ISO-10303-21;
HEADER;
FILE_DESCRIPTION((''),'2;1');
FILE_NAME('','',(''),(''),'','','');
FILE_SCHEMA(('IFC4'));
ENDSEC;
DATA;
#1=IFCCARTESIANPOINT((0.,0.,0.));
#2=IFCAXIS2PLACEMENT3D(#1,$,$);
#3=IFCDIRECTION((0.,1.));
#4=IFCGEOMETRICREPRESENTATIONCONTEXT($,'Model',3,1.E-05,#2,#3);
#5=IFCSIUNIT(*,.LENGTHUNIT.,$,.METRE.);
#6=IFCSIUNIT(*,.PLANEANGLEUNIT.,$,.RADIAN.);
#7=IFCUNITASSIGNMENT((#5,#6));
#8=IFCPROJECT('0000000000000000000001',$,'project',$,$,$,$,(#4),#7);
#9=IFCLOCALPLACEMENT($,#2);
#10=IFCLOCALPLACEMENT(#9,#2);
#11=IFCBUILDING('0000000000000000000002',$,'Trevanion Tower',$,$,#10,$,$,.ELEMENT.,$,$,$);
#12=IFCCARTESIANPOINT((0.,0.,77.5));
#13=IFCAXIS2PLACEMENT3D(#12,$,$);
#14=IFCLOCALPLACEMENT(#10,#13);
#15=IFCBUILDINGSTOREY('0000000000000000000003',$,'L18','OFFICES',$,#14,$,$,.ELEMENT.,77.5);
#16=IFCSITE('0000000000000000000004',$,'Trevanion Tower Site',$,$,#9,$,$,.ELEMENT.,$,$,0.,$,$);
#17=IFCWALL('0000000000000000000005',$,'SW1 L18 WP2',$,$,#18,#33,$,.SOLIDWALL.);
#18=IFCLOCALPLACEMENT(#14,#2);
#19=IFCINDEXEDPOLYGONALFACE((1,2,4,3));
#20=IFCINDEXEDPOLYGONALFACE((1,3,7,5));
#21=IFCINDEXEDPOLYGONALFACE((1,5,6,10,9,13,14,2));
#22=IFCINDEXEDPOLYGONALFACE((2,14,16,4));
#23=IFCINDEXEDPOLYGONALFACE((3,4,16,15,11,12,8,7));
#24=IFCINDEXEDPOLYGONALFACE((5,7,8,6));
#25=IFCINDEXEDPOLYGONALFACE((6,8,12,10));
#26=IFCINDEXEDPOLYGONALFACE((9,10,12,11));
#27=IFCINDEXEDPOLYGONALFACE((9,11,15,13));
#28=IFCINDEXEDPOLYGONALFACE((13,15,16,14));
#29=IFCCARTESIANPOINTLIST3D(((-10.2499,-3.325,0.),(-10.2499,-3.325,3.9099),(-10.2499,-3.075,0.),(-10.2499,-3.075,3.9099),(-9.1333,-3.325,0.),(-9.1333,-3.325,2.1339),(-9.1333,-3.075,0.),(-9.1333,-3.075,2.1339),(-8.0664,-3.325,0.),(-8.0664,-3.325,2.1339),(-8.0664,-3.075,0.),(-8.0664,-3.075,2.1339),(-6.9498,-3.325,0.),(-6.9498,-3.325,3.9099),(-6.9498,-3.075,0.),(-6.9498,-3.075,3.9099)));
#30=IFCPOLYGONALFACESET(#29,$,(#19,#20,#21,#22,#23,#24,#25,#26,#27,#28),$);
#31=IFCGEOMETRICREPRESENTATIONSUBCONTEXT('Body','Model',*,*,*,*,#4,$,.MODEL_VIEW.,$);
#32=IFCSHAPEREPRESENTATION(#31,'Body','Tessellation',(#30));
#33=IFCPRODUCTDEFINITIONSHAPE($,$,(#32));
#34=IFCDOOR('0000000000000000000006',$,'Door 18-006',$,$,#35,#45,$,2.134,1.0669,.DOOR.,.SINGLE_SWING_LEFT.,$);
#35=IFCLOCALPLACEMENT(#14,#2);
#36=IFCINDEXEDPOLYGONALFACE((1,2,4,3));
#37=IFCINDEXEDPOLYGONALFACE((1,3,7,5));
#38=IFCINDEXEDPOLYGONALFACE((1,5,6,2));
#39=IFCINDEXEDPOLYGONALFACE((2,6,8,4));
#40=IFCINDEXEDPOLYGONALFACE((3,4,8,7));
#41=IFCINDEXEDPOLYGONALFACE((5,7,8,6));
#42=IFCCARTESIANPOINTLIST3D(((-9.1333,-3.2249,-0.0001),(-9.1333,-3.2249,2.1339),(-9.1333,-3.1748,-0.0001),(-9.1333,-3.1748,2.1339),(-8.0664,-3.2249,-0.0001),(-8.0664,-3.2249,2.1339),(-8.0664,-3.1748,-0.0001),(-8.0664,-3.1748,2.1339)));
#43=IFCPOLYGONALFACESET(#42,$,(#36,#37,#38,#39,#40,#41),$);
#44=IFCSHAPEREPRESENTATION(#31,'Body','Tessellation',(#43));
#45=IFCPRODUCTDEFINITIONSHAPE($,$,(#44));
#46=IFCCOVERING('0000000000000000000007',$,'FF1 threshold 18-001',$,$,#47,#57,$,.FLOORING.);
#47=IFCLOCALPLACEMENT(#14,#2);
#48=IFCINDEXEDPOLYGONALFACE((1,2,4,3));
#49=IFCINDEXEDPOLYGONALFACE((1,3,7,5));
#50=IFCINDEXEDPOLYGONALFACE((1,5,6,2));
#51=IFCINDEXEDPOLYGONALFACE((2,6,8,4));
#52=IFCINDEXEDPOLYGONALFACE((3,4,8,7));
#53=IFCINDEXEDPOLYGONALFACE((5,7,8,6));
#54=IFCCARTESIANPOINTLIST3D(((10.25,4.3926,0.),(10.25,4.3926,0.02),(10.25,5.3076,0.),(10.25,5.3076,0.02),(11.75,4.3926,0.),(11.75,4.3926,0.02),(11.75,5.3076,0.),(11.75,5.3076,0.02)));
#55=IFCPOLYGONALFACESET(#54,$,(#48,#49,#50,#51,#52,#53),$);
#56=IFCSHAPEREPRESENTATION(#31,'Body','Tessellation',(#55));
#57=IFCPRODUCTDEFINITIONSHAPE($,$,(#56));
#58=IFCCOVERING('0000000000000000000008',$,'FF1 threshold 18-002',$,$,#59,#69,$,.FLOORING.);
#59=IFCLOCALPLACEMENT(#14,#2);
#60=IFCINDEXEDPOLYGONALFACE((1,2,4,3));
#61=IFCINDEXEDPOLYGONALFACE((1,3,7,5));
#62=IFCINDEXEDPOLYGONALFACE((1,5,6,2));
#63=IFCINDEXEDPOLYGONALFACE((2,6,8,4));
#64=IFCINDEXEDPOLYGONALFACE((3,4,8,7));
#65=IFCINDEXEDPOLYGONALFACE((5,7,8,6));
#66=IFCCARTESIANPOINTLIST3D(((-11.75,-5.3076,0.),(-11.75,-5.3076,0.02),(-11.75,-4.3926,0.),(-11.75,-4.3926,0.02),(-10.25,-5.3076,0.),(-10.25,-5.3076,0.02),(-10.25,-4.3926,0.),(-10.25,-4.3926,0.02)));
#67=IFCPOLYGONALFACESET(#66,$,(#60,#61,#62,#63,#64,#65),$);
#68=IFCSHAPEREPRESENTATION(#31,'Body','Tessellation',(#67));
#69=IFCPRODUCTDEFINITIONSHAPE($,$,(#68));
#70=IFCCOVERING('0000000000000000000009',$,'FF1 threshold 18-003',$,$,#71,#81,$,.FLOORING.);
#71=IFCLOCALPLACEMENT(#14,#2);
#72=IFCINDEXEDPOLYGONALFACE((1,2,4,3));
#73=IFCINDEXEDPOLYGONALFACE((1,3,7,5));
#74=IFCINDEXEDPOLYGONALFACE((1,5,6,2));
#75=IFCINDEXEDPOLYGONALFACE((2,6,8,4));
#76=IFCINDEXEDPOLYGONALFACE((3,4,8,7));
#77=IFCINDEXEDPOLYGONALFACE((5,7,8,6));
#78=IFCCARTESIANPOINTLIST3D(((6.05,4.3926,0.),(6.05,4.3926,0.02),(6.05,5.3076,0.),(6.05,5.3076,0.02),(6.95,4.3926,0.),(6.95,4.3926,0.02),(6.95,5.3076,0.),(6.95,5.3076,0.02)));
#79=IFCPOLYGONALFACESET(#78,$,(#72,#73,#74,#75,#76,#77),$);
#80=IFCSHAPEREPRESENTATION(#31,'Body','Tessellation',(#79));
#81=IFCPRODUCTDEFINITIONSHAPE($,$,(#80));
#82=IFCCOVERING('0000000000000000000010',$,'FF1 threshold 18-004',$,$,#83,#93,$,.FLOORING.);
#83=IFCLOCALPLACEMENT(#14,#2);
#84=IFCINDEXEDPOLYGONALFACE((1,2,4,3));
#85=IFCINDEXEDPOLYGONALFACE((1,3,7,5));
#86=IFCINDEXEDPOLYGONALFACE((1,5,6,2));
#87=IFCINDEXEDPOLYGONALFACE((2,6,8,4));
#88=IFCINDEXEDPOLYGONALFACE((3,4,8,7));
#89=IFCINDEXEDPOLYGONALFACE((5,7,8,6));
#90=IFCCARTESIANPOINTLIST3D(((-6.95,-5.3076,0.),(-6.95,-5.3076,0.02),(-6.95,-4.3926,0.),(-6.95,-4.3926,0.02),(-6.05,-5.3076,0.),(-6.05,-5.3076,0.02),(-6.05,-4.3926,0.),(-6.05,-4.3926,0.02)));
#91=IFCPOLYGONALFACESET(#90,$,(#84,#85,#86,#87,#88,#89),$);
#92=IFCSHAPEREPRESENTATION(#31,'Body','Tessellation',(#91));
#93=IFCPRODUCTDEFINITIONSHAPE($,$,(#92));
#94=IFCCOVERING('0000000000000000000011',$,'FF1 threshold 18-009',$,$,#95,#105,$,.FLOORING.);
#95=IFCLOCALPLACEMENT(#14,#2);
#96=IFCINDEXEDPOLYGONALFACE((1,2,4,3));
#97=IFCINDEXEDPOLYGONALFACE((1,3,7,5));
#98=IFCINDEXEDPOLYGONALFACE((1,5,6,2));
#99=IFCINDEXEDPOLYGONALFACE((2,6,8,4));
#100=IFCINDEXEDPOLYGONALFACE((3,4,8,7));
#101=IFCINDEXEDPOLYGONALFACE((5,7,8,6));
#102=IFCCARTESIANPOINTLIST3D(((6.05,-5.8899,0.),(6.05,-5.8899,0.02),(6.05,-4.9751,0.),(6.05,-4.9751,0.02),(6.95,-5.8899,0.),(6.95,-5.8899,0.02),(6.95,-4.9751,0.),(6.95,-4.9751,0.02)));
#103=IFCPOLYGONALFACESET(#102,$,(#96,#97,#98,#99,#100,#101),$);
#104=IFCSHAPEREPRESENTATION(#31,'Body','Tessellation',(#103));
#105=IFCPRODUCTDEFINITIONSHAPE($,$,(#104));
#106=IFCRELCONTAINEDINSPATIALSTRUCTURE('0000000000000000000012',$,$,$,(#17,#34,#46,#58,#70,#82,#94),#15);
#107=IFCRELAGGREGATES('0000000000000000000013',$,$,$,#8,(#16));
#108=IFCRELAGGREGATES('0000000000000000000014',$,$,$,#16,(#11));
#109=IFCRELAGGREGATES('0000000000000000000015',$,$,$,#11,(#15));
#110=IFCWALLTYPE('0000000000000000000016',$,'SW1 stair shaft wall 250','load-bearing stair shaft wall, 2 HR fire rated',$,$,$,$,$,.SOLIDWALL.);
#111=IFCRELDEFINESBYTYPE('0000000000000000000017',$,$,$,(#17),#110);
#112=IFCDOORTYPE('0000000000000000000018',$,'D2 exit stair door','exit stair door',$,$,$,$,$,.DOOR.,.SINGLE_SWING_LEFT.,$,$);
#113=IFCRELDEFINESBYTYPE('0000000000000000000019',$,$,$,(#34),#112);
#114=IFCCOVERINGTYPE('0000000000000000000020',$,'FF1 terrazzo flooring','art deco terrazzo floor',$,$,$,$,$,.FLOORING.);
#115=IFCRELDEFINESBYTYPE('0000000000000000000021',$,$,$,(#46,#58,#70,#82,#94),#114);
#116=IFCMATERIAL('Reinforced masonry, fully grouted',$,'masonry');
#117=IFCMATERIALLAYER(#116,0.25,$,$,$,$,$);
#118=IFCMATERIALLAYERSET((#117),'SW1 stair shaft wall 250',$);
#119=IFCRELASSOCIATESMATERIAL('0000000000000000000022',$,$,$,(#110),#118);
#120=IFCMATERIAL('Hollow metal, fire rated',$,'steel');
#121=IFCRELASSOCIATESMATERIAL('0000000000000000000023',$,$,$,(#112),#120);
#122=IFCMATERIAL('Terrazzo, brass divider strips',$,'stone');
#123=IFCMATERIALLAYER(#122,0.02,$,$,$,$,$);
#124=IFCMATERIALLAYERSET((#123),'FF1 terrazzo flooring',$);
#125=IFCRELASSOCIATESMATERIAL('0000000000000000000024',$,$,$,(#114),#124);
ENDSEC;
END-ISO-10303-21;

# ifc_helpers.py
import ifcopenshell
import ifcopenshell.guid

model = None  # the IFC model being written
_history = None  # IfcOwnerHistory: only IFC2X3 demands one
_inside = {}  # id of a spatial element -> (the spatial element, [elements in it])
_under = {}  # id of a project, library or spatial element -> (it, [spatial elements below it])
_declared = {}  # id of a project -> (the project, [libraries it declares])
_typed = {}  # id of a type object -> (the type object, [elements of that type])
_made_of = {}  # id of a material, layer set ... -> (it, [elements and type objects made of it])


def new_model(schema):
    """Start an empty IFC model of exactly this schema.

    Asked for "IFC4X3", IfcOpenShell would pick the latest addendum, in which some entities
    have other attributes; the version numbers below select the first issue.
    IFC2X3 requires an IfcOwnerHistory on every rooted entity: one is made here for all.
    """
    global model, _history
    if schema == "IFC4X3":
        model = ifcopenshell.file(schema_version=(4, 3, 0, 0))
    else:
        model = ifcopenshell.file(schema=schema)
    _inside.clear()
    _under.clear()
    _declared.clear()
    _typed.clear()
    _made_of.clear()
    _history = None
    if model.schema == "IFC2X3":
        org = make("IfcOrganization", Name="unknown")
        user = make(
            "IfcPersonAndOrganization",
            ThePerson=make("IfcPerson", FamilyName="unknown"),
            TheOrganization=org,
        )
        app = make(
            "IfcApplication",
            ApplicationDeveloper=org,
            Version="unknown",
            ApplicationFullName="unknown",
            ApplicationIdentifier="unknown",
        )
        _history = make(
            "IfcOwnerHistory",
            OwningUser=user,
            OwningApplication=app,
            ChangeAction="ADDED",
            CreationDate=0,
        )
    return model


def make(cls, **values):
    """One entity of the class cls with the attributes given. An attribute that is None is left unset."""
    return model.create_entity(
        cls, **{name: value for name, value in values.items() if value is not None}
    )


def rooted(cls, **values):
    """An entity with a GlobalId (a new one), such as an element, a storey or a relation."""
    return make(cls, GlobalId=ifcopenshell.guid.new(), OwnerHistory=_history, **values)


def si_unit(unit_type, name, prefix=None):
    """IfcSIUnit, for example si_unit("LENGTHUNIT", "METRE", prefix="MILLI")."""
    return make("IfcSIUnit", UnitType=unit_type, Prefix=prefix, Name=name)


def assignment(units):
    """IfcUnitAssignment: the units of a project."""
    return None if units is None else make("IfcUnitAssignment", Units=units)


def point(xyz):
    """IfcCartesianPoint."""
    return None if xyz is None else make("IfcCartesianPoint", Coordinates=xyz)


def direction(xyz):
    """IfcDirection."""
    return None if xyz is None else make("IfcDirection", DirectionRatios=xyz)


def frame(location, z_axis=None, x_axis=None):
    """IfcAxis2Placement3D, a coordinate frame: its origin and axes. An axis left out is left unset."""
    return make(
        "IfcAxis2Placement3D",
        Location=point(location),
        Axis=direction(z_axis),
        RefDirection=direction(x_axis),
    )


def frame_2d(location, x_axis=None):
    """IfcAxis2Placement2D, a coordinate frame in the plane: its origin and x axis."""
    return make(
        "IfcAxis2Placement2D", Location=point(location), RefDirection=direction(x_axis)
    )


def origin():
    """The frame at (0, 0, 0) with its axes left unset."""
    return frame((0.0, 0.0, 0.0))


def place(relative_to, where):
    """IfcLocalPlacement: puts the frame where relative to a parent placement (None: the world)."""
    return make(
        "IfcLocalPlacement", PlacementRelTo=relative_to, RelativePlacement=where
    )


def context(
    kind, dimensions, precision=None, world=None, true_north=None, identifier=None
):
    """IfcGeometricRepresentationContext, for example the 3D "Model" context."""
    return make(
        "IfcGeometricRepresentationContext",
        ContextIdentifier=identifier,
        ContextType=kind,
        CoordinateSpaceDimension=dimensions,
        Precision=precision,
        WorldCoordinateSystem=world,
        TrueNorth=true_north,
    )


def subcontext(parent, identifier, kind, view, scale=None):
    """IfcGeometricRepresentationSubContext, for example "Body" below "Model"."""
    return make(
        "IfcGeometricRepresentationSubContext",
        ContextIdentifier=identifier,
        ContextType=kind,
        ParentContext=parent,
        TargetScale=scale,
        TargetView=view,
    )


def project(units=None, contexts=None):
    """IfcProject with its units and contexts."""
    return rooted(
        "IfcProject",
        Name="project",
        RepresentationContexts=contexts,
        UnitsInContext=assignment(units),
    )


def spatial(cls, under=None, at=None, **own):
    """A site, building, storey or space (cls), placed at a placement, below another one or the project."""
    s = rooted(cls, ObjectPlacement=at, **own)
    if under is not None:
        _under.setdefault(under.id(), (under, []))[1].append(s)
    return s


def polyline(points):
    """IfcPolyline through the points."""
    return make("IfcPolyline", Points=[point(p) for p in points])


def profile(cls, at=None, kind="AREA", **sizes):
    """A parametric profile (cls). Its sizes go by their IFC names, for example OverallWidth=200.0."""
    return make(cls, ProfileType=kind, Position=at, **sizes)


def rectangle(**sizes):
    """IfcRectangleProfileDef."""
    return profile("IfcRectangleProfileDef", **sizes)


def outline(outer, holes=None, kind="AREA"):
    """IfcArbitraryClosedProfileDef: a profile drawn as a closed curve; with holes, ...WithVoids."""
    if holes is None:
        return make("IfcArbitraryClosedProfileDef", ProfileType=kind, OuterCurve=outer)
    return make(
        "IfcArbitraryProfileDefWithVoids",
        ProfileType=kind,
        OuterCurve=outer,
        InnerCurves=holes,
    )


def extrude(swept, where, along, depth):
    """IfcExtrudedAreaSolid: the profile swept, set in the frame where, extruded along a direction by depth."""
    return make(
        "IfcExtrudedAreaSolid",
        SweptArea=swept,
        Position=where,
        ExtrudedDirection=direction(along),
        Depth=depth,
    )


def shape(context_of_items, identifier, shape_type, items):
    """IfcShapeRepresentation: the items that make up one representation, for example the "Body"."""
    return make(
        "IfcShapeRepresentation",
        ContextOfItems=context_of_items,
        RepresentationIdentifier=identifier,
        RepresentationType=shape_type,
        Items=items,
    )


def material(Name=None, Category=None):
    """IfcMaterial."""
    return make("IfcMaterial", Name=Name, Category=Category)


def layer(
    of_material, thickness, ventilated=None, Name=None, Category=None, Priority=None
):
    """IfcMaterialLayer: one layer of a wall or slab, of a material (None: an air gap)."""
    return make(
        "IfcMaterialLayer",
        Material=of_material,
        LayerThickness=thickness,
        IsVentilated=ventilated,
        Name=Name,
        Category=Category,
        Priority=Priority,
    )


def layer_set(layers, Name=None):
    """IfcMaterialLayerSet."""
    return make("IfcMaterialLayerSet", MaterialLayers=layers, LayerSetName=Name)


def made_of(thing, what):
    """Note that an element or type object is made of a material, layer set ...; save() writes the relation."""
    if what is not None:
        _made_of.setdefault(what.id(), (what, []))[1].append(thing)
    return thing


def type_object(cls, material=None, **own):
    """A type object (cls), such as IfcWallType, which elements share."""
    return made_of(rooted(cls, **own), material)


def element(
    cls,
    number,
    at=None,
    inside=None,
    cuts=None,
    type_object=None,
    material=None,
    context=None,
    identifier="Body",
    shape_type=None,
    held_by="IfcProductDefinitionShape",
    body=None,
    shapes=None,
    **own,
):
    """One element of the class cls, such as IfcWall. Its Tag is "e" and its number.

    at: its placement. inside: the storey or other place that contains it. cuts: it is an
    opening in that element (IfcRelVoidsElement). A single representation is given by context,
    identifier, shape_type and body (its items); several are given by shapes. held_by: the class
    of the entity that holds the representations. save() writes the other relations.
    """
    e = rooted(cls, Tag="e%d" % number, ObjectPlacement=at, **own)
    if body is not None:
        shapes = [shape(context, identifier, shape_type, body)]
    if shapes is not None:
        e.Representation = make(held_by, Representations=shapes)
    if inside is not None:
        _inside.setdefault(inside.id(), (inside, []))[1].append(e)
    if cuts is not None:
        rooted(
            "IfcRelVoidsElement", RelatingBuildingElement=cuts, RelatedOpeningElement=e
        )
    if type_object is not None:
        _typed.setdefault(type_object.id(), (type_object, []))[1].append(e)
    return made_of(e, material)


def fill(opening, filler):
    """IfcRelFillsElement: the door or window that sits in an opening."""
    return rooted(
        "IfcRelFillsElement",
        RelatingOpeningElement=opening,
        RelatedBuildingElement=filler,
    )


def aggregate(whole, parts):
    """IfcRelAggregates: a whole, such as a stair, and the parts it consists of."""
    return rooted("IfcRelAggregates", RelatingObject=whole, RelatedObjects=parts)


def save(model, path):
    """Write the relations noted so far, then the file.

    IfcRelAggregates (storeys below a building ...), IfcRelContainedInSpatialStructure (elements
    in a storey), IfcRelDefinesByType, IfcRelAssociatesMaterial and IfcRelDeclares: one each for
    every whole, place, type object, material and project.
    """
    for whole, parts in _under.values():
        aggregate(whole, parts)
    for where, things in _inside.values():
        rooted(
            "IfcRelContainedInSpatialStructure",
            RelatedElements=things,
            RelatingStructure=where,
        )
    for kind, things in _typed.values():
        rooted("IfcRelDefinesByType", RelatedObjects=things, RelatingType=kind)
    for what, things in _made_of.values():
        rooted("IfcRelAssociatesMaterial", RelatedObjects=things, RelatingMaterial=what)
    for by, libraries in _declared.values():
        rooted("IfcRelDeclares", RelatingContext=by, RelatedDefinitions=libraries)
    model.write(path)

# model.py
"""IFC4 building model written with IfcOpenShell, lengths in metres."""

from ifc_helpers import new_model, si_unit, direction, frame, frame_2d, origin, place, context, subcontext, project, spatial, polyline, rectangle, outline, extrude, material, layer, layer_set, type_object, element, fill, save


model = new_model("IFC4")

# Units and contexts
model_context = context("Model", 3, precision=1e-05, world=origin(), true_north=direction((0.0, 1.0)))
body_context = subcontext(model_context, "Body", "Model", "MODEL_VIEW")
ifc_project = project(units=[si_unit("LENGTHUNIT", "METRE"), si_unit("PLANEANGLEUNIT", "RADIAN")], contexts=[model_context])

# Site, building, storey
site_placement = place(None, origin())
site = spatial("IfcSite", under=ifc_project, at=site_placement, Name="Trevanion Tower Site", CompositionType="ELEMENT", RefElevation=0.0)
building_placement = place(site_placement, origin())
building = spatial("IfcBuilding", under=site, at=building_placement, Name="Trevanion Tower", CompositionType="ELEMENT")
storey_placement = place(building_placement, frame((0.0, 0.0, 77.5)))
storey = spatial("IfcBuildingStorey", under=building, at=storey_placement, Name="L18", Description="OFFICES", CompositionType="ELEMENT", Elevation=77.5)

# Wall, opening, door
ifc_material_1 = material(Name="Reinforced masonry, fully grouted", Category="masonry")
ifc_layer_1 = layer(ifc_material_1, 0.25)
ifc_layer_set_1 = layer_set([ifc_layer_1], Name="SW1 stair shaft wall 250")
wall_type_1 = type_object("IfcWallType", Name="SW1 stair shaft wall 250", Description="load-bearing stair shaft wall, 2 HR fire rated", PredefinedType="SOLIDWALL", material=ifc_layer_set_1)
wall_1_placement = place(storey_placement, frame((-6.95, -3.2, 0.0), z_axis=(0.0, 0.0, 1.0), x_axis=(-1.0, 0.0, 0.0)))
wall_1 = element("IfcWall", 1, at=wall_1_placement, inside=storey, type_object=wall_type_1, Name="SW1 L18 WP2", PredefinedType="SOLIDWALL", context=body_context, shape_type="SweptSolid", body=[
    extrude(rectangle(XDim=3.3, YDim=0.25, at=frame_2d((1.6499, 0.0))), origin(), (0.0, 0.0, 1.0), 3.9099),
])
opening_1_placement = place(wall_1_placement, frame((1.1165, 0.0, 0.0)))
opening_1 = element("IfcOpeningElement", 2, at=opening_1_placement, cuts=wall_1, PredefinedType="OPENING", context=body_context, shape_type="SweptSolid", body=[
    extrude(rectangle(XDim=1.0669, YDim=2.134, at=frame_2d((0.5334, 1.0669))), frame((0.0, 0.135, 0.0), z_axis=(0.0, -1.0, 0.0), x_axis=(1.0, 0.0, 0.0)), (0.0, 0.0, 1.0), 0.27),
])
ifc_material_2 = material(Name="Hollow metal, fire rated", Category="steel")
door_type_1 = type_object("IfcDoorType", Name="D2 exit stair door", Description="exit stair door", OperationType="SINGLE_SWING_LEFT", PredefinedType="DOOR", material=ifc_material_2)
door_1_placement = place(opening_1_placement, origin())
door_1 = element("IfcDoor", 3, at=door_1_placement, inside=storey, type_object=door_type_1, Name="Door 18-006", OperationType="SINGLE_SWING_LEFT", OverallHeight=2.134, OverallWidth=1.0669, PredefinedType="DOOR", context=body_context, shape_type="SweptSolid", body=[
    extrude(rectangle(XDim=1.0669, YDim=2.134, at=frame_2d((0.5334, 1.0669))), frame((0.0, 0.0249, 0.0), z_axis=(0.0, -1.0, 0.0), x_axis=(1.0, 0.0, 0.0)), (0.0, 0.0, 1.0), 0.05),
])
fill(opening_1, door_1)

# Coverings
ifc_material_3 = material(Name="Terrazzo, brass divider strips", Category="stone")
ifc_layer_2 = layer(ifc_material_3, 0.02)
ifc_layer_set_2 = layer_set([ifc_layer_2], Name="FF1 terrazzo flooring")
covering_type = type_object("IfcCoveringType", Name="FF1 terrazzo flooring", Description="art deco terrazzo floor", PredefinedType="FLOORING", material=ifc_layer_set_2)
covering_1_placement = place(storey_placement, origin())
element("IfcCovering", 4, at=covering_1_placement, inside=storey, type_object=covering_type, Name="FF1 threshold 18-001", PredefinedType="FLOORING", context=body_context, shape_type="SweptSolid", body=[
    extrude(outline(polyline([(11.75, 4.3926), (11.75, 5.3076), (10.25, 5.3076), (10.25, 4.3926), (11.75, 4.3926)])), origin(), (0.0, 0.0, 1.0), 0.02),
])
covering_2_placement = place(storey_placement, origin())
element("IfcCovering", 5, at=covering_2_placement, inside=storey, type_object=covering_type, Name="FF1 threshold 18-002", PredefinedType="FLOORING", context=body_context, shape_type="SweptSolid", body=[
    extrude(outline(polyline([(-11.75, -4.3926), (-11.75, -5.3076), (-10.25, -5.3076), (-10.25, -4.3926), (-11.75, -4.3926)])), origin(), (0.0, 0.0, 1.0), 0.02),
])
covering_3_placement = place(storey_placement, origin())
element("IfcCovering", 6, at=covering_3_placement, inside=storey, type_object=covering_type, Name="FF1 threshold 18-003", PredefinedType="FLOORING", context=body_context, shape_type="SweptSolid", body=[
    extrude(outline(polyline([(6.95, 4.3926), (6.95, 5.3076), (6.05, 5.3076), (6.05, 4.3926), (6.95, 4.3926)])), origin(), (0.0, 0.0, 1.0), 0.02),
])
covering_4_placement = place(storey_placement, origin())
element("IfcCovering", 7, at=covering_4_placement, inside=storey, type_object=covering_type, Name="FF1 threshold 18-004", PredefinedType="FLOORING", context=body_context, shape_type="SweptSolid", body=[
    extrude(outline(polyline([(-6.95, -4.3926), (-6.95, -5.3076), (-6.05, -5.3076), (-6.05, -4.3926), (-6.95, -4.3926)])), origin(), (0.0, 0.0, 1.0), 0.02),
])
covering_5_placement = place(storey_placement, origin())
element("IfcCovering", 8, at=covering_5_placement, inside=storey, type_object=covering_type, Name="FF1 threshold 18-009", PredefinedType="FLOORING", context=body_context, shape_type="SweptSolid", body=[
    extrude(outline(polyline([(6.95, -5.8899), (6.95, -4.9751), (6.05, -4.9751), (6.05, -5.8899), (6.95, -5.8899)])), origin(), (0.0, 0.0, 1.0), 0.02),
])

save(model, "model.ifc")
